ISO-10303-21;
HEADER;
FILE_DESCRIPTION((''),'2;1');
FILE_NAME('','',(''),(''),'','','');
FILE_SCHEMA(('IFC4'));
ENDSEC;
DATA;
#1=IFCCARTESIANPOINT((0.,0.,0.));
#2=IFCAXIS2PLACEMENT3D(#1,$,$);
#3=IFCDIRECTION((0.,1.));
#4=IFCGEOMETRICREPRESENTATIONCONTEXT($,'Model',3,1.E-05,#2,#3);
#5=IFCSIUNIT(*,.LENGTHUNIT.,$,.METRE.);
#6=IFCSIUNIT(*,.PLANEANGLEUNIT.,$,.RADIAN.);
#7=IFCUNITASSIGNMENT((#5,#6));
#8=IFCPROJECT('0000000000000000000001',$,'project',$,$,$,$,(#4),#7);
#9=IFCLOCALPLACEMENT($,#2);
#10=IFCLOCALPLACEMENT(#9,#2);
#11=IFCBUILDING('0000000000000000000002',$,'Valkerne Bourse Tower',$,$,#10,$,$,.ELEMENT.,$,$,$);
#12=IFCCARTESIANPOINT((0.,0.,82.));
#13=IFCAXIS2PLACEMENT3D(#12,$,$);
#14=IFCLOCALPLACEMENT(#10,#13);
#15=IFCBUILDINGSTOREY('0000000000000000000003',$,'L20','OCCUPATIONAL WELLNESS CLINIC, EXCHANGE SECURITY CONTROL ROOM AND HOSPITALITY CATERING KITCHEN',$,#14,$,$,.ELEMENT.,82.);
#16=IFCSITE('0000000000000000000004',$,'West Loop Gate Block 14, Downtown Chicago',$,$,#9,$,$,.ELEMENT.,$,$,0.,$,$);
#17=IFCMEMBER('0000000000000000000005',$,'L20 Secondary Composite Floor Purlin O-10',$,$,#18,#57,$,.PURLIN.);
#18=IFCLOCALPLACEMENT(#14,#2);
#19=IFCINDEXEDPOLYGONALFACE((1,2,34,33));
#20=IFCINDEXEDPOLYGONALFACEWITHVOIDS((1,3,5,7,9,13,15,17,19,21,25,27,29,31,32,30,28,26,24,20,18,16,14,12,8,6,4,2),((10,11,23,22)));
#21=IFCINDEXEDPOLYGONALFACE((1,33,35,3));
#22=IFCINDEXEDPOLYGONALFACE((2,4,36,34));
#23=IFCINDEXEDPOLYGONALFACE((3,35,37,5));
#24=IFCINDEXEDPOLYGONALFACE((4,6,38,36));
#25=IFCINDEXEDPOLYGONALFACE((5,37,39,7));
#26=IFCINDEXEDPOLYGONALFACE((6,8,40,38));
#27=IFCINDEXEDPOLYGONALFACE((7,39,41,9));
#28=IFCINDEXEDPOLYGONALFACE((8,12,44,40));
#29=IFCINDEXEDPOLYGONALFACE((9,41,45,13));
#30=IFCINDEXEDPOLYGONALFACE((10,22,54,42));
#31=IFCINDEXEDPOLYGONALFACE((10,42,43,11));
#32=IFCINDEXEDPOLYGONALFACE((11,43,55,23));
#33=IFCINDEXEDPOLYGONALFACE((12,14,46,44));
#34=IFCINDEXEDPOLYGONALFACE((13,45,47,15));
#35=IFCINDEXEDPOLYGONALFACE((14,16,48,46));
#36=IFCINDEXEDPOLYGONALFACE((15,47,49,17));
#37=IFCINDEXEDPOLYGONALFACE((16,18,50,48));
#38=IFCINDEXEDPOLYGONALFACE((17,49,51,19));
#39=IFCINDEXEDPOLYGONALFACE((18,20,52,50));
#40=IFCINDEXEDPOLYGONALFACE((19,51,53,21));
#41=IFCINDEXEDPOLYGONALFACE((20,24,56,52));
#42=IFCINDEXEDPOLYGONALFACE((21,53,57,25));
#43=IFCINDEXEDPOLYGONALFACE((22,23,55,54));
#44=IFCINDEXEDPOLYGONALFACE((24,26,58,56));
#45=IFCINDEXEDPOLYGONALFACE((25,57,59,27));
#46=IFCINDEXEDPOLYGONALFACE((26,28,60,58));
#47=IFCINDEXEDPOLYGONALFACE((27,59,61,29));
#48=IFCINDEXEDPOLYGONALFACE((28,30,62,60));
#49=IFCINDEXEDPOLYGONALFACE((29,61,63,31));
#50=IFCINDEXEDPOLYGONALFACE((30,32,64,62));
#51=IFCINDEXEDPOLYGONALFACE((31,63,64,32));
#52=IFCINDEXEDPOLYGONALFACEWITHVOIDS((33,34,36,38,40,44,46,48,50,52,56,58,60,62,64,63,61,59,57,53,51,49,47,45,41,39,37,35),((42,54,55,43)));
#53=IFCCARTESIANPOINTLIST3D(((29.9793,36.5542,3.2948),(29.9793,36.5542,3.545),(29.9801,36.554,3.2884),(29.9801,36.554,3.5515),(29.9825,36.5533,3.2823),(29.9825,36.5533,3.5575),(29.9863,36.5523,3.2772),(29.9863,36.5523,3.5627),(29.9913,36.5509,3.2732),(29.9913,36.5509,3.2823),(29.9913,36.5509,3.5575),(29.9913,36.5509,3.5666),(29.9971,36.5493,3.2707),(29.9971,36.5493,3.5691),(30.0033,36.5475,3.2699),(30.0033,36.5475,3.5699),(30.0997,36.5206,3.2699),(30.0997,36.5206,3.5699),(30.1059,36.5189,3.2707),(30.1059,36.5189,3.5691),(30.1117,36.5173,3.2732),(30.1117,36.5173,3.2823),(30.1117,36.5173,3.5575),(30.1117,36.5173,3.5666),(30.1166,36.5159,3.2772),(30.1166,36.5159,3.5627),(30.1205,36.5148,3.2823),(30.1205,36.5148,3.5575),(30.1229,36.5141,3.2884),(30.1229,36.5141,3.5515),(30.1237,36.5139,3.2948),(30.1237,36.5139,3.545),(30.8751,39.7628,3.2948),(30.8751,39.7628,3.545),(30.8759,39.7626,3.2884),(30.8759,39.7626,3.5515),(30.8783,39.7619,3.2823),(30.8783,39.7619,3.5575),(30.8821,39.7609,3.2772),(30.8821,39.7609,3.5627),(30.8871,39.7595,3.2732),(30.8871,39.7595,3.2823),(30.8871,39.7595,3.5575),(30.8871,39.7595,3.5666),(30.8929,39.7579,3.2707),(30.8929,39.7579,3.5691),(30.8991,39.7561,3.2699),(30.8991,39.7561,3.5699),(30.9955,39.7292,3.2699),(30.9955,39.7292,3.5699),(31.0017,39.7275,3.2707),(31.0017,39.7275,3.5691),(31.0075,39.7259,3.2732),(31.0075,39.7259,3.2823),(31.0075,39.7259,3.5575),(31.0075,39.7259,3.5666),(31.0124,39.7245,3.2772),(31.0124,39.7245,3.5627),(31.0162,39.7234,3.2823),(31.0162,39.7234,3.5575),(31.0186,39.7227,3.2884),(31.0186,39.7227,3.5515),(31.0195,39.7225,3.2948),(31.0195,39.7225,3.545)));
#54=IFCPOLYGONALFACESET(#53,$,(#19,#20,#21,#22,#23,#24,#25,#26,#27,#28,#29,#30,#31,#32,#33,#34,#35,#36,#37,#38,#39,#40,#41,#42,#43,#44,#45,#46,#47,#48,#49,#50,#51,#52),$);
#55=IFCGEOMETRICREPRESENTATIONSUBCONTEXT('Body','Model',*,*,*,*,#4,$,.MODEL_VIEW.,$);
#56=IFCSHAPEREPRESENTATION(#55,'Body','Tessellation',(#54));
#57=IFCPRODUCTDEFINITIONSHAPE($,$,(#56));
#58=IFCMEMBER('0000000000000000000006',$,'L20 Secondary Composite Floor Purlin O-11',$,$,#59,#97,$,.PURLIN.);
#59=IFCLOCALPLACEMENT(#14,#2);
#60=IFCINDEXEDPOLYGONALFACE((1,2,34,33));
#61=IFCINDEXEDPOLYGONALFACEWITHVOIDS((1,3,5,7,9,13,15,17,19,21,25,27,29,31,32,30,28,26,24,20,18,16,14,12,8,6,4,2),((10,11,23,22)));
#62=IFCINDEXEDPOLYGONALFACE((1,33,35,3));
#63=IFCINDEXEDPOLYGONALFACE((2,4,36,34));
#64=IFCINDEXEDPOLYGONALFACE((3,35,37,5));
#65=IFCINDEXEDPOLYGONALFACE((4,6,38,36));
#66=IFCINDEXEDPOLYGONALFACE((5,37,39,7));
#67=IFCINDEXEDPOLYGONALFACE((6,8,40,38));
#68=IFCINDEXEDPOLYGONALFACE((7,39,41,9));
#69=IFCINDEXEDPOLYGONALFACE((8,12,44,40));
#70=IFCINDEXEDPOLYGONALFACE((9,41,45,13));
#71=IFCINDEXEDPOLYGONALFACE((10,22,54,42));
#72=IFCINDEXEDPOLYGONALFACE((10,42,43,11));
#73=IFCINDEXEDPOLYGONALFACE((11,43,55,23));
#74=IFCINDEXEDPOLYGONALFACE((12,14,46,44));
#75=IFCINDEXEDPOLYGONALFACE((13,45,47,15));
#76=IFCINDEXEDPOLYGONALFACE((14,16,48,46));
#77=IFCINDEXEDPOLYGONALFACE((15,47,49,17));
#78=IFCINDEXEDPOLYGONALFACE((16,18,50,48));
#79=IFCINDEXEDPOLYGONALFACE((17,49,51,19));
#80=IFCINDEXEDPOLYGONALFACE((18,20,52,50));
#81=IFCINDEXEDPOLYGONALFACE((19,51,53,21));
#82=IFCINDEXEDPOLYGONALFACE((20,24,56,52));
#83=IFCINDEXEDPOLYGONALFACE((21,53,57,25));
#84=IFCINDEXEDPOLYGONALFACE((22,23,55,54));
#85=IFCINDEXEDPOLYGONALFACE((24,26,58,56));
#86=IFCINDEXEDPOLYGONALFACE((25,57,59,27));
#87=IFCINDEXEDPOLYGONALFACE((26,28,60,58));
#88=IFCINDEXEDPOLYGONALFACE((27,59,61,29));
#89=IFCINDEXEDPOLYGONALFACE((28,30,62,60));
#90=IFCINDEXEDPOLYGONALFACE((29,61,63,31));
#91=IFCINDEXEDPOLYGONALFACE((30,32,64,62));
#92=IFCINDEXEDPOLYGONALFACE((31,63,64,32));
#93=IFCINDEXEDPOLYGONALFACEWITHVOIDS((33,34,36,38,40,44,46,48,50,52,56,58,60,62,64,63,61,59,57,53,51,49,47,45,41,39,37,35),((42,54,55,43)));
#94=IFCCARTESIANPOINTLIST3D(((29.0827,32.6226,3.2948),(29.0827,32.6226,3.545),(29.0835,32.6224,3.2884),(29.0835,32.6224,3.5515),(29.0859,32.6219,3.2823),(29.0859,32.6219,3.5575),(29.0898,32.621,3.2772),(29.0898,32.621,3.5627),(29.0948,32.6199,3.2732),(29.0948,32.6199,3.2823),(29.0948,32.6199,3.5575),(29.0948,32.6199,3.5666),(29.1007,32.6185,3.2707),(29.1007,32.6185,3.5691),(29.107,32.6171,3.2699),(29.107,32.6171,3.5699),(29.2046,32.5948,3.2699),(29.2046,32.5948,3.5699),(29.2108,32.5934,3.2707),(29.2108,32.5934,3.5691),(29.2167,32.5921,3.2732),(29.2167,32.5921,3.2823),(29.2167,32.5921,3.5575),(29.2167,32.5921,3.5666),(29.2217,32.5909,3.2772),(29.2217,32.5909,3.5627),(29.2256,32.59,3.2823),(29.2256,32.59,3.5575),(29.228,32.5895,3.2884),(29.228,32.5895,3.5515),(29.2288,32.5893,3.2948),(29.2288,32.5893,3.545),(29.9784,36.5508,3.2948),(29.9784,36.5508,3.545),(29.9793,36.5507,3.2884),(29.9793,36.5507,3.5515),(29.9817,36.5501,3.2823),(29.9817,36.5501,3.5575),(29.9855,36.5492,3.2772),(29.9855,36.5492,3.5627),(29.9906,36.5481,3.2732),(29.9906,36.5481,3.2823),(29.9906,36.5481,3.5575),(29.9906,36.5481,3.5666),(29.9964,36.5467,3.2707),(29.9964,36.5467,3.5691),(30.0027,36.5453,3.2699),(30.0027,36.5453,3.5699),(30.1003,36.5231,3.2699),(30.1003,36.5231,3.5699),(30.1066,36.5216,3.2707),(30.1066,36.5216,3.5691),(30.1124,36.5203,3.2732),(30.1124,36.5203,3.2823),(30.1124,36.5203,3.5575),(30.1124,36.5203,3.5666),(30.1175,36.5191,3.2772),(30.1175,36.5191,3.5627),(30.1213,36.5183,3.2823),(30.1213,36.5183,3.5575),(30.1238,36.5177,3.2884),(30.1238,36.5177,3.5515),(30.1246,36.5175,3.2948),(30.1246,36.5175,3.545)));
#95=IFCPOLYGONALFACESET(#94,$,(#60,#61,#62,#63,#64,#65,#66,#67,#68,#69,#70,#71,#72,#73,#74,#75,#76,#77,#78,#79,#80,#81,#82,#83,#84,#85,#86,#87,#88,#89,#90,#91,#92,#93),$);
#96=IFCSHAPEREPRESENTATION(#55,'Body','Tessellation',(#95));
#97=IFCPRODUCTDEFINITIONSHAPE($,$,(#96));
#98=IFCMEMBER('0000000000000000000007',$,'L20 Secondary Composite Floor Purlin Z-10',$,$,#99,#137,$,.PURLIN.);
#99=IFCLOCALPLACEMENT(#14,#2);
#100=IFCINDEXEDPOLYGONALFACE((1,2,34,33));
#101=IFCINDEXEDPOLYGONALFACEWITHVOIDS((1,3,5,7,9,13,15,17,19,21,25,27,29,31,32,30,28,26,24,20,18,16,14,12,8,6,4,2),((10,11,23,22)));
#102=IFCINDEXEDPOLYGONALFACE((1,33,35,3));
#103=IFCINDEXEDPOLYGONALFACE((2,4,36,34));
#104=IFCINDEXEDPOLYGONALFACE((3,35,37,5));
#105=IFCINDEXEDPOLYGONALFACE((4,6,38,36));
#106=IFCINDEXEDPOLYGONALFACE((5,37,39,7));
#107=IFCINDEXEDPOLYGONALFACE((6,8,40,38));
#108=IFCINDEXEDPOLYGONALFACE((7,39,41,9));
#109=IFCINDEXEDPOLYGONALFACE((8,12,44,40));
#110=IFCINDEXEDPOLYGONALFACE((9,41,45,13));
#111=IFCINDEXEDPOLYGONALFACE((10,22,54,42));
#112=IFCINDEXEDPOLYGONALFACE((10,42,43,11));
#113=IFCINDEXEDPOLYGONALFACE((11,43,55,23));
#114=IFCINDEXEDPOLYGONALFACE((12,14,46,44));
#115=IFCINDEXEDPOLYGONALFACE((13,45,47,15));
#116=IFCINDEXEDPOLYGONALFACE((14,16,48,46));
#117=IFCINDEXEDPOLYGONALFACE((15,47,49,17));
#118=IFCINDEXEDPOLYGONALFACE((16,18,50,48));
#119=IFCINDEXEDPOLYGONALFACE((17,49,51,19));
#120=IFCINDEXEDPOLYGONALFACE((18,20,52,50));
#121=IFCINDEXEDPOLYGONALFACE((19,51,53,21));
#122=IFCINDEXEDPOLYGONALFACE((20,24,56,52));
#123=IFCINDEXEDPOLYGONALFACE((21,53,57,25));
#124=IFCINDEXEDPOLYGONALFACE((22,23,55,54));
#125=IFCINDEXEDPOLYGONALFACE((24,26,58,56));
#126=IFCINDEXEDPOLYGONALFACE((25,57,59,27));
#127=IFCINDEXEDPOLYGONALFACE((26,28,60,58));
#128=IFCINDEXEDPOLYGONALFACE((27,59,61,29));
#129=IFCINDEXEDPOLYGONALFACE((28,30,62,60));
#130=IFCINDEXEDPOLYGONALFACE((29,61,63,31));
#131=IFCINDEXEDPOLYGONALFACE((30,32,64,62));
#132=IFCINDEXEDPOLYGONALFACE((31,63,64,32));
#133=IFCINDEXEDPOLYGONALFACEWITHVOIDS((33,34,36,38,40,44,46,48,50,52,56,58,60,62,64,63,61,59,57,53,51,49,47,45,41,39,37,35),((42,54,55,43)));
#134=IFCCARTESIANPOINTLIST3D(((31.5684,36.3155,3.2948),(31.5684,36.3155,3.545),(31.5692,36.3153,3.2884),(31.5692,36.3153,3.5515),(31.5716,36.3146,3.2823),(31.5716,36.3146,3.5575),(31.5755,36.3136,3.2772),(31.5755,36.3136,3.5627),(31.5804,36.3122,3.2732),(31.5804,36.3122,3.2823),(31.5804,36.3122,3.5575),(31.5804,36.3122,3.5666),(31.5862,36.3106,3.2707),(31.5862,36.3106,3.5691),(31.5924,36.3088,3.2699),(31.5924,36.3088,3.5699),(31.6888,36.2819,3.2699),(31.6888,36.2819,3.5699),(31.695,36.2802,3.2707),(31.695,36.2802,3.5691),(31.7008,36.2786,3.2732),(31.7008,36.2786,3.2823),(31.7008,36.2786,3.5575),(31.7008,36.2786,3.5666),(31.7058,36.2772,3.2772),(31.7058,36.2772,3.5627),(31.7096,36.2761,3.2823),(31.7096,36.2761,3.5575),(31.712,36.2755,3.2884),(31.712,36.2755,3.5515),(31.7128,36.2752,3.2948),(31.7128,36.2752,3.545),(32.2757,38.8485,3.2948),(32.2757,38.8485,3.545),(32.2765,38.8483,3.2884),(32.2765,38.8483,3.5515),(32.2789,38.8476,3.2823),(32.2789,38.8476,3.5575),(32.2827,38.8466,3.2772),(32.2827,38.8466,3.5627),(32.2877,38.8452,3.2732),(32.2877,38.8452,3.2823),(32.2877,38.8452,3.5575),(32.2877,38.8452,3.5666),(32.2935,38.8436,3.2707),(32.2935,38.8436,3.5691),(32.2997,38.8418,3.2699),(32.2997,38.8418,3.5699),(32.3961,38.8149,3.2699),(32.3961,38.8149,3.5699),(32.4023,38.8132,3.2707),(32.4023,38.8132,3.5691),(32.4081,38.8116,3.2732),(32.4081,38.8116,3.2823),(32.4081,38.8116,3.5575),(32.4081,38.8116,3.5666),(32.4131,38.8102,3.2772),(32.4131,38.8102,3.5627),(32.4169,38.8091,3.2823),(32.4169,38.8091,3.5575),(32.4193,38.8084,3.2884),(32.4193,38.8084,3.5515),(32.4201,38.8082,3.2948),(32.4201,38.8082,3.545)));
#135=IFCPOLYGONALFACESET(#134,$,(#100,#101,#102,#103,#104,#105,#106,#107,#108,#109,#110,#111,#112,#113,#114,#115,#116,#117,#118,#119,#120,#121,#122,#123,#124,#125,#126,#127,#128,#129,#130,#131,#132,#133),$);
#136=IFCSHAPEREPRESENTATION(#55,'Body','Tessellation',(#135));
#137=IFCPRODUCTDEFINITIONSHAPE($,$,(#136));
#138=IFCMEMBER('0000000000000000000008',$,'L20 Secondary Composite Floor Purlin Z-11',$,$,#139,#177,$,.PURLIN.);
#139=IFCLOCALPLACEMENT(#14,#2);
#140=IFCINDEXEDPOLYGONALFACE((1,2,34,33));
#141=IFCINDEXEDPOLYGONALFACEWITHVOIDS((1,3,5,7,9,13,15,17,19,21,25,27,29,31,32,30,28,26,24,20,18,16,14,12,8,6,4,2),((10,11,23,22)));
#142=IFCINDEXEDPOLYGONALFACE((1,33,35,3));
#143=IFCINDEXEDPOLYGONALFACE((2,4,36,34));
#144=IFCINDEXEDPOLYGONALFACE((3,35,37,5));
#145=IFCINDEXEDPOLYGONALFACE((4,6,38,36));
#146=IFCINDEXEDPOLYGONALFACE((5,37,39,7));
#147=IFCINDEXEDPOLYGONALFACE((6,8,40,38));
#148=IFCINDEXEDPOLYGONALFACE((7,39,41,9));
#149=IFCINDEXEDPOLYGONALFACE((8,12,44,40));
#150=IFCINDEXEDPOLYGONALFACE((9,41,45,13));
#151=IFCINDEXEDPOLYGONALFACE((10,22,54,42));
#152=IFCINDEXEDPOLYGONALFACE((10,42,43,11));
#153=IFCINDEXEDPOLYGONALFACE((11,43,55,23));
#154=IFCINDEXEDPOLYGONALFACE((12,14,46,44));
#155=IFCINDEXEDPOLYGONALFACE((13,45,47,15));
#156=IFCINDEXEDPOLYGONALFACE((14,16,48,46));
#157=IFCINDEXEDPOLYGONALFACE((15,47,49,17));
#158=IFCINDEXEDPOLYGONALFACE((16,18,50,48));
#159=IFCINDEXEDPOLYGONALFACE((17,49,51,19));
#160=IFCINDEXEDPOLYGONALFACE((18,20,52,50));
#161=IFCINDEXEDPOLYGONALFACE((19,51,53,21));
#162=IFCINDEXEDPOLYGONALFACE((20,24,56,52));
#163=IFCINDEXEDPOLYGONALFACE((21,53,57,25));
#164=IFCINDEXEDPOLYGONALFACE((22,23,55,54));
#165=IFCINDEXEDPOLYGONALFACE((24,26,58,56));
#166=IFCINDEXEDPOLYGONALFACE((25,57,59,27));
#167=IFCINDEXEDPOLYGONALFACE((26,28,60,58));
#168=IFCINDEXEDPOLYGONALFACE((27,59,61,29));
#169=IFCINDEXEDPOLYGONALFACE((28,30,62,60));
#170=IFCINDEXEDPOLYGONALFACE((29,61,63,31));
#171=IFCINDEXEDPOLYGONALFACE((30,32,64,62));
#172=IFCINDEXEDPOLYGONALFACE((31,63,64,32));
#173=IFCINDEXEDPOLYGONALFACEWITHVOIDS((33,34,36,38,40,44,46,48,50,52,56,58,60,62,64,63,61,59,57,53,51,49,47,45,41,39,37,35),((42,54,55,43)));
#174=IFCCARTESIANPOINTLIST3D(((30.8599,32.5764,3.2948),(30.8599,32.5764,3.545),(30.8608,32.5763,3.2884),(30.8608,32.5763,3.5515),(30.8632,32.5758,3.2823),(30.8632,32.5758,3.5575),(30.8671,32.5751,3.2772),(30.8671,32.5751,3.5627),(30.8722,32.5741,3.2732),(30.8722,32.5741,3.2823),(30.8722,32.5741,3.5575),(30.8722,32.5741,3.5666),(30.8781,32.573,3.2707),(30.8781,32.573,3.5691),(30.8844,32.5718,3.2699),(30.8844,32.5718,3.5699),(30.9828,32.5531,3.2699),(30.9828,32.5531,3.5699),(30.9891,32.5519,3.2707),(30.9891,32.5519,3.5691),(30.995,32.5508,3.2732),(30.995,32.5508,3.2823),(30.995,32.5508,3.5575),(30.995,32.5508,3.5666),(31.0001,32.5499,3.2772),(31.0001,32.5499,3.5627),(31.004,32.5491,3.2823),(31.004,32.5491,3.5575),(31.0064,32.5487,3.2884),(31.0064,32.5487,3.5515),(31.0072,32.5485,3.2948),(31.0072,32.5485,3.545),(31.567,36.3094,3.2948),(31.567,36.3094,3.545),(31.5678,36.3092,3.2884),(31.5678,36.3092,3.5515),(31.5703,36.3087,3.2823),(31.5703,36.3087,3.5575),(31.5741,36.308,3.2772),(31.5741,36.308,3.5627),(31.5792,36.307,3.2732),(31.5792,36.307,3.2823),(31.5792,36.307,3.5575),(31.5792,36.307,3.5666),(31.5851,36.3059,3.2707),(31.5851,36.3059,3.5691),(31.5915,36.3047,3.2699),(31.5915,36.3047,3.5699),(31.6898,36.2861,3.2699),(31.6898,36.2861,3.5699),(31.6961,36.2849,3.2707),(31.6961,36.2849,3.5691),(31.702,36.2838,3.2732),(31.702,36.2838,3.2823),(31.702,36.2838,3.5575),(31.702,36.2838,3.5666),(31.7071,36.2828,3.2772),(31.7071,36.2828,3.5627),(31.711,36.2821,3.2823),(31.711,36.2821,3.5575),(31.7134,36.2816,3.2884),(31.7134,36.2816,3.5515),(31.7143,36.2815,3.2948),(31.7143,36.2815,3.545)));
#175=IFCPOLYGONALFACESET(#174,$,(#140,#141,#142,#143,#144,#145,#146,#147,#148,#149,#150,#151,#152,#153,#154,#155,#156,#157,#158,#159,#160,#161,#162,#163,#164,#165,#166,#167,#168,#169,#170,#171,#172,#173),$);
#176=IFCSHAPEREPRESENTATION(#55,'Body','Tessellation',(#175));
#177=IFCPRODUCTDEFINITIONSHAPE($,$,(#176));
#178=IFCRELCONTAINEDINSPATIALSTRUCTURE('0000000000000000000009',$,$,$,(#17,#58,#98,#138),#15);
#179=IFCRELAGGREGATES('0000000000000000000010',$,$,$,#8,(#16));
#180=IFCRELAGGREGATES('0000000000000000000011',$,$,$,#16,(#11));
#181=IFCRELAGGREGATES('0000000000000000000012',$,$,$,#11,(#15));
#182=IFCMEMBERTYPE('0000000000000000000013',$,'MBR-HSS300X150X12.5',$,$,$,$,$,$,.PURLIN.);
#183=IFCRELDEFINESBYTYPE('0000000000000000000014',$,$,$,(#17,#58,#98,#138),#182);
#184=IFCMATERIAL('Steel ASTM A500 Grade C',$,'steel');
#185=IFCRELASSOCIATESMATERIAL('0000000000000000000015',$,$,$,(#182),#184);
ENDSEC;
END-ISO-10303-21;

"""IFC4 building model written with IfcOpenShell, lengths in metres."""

from ifc_helpers import new_model, si_unit, direction, frame, origin, origin_2d, place, context, subcontext, project, spatial, hollow_rectangle, extrude, material, material_profile, profile_set, type_object, element, save


model = new_model("IFC4")

# Units and contexts
model_context = context("Model", 3, precision=1e-05, world=origin(), true_north=direction((0.0, 1.0)))
body_context = subcontext(model_context, "Body", "Model", "MODEL_VIEW")
ifc_project = project(units=[si_unit("LENGTHUNIT", "METRE"), si_unit("PLANEANGLEUNIT", "RADIAN")], contexts=[model_context])

# Site, building, storey
site_placement = place(None, origin())
site = spatial("IfcSite", under=ifc_project, at=site_placement, Name="West Loop Gate Block 14, Downtown Chicago", CompositionType="ELEMENT", RefElevation=0.0)
building_placement = place(site_placement, origin())
building = spatial("IfcBuilding", under=site, at=building_placement, Name="Valkerne Bourse Tower", CompositionType="ELEMENT")
storey_placement = place(building_placement, frame((0.0, 0.0, 82.0)))
storey = spatial("IfcBuildingStorey", under=building, at=storey_placement, Name="L20", Description="OCCUPATIONAL WELLNESS CLINIC, EXCHANGE SECURITY CONTROL ROOM AND HOSPITALITY CATERING KITCHEN", CompositionType="ELEMENT", Elevation=82.0)

# Members
ifc_material_1 = material(Name="Steel ASTM A500 Grade C", Category="steel")
ifc_material_profile_1 = material_profile(ifc_material_1, hollow_rectangle(XDim=0.1499, YDim=0.3, WallThickness=0.0125, OuterFilletRadius=0.0249, at=origin_2d()), Name="HSS300X150X12.5")
ifc_profile_set_1 = profile_set([ifc_material_profile_1], Name="Steel ASTM A500 Grade C")
member_type_1 = type_object("IfcMemberType", Name="MBR-HSS300X150X12.5", PredefinedType="PURLIN", material=ifc_profile_set_1)
member_1_placement = place(storey_placement, frame((30.9473, 39.7427, 3.4199), z_axis=(-0.268899, -0.963168, 0.0), x_axis=(0.963168, -0.268899, 0.0)))
element("IfcMember", 1, at=member_1_placement, inside=storey, type_object=member_type_1, Name="L20 Secondary Composite Floor Purlin O-10", PredefinedType="PURLIN", context=body_context, shape_type="SweptSolid", body=[
    extrude(hollow_rectangle(XDim=0.1499, YDim=0.3, WallThickness=0.0125, OuterFilletRadius=0.0249, at=origin_2d()), origin(), (0.0, 0.0, 1.0), 3.3313),
])
member_2_placement = place(storey_placement, frame((30.0515, 36.5342, 3.4199), z_axis=(-0.222323, -0.974973, 0.0), x_axis=(0.974973, -0.222323, 0.0)))
element("IfcMember", 2, at=member_2_placement, inside=storey, type_object=member_type_1, Name="L20 Secondary Composite Floor Purlin O-11", PredefinedType="PURLIN", context=body_context, shape_type="SweptSolid", body=[
    extrude(hollow_rectangle(XDim=0.1499, YDim=0.3, WallThickness=0.0125, OuterFilletRadius=0.0249, at=origin_2d()), origin(), (0.0, 0.0, 1.0), 4.0291),
])
member_3_placement = place(storey_placement, frame((32.3479, 38.8284, 3.4199), z_axis=(-0.268941, -0.963157, 0.0), x_axis=(0.963157, -0.268941, 0.0)))
element("IfcMember", 3, at=member_3_placement, inside=storey, type_object=member_type_1, Name="L20 Secondary Composite Floor Purlin Z-10", PredefinedType="PURLIN", context=body_context, shape_type="SweptSolid", body=[
    extrude(hollow_rectangle(XDim=0.1499, YDim=0.3, WallThickness=0.0125, OuterFilletRadius=0.0249, at=origin_2d()), origin(), (0.0, 0.0, 1.0), 2.6299),
])
member_4_placement = place(storey_placement, frame((31.6406, 36.2954, 3.4199), z_axis=(-0.186096, -0.982532, 0.0), x_axis=(0.982532, -0.186096, 0.0)))
element("IfcMember", 4, at=member_4_placement, inside=storey, type_object=member_type_1, Name="L20 Secondary Composite Floor Purlin Z-11", PredefinedType="PURLIN", context=body_context, shape_type="SweptSolid", body=[
    extrude(hollow_rectangle(XDim=0.1499, YDim=0.3, WallThickness=0.0125, OuterFilletRadius=0.0249, at=origin_2d()), origin(), (0.0, 0.0, 1.0), 3.7993),
])

save(model, "model.ifc")
